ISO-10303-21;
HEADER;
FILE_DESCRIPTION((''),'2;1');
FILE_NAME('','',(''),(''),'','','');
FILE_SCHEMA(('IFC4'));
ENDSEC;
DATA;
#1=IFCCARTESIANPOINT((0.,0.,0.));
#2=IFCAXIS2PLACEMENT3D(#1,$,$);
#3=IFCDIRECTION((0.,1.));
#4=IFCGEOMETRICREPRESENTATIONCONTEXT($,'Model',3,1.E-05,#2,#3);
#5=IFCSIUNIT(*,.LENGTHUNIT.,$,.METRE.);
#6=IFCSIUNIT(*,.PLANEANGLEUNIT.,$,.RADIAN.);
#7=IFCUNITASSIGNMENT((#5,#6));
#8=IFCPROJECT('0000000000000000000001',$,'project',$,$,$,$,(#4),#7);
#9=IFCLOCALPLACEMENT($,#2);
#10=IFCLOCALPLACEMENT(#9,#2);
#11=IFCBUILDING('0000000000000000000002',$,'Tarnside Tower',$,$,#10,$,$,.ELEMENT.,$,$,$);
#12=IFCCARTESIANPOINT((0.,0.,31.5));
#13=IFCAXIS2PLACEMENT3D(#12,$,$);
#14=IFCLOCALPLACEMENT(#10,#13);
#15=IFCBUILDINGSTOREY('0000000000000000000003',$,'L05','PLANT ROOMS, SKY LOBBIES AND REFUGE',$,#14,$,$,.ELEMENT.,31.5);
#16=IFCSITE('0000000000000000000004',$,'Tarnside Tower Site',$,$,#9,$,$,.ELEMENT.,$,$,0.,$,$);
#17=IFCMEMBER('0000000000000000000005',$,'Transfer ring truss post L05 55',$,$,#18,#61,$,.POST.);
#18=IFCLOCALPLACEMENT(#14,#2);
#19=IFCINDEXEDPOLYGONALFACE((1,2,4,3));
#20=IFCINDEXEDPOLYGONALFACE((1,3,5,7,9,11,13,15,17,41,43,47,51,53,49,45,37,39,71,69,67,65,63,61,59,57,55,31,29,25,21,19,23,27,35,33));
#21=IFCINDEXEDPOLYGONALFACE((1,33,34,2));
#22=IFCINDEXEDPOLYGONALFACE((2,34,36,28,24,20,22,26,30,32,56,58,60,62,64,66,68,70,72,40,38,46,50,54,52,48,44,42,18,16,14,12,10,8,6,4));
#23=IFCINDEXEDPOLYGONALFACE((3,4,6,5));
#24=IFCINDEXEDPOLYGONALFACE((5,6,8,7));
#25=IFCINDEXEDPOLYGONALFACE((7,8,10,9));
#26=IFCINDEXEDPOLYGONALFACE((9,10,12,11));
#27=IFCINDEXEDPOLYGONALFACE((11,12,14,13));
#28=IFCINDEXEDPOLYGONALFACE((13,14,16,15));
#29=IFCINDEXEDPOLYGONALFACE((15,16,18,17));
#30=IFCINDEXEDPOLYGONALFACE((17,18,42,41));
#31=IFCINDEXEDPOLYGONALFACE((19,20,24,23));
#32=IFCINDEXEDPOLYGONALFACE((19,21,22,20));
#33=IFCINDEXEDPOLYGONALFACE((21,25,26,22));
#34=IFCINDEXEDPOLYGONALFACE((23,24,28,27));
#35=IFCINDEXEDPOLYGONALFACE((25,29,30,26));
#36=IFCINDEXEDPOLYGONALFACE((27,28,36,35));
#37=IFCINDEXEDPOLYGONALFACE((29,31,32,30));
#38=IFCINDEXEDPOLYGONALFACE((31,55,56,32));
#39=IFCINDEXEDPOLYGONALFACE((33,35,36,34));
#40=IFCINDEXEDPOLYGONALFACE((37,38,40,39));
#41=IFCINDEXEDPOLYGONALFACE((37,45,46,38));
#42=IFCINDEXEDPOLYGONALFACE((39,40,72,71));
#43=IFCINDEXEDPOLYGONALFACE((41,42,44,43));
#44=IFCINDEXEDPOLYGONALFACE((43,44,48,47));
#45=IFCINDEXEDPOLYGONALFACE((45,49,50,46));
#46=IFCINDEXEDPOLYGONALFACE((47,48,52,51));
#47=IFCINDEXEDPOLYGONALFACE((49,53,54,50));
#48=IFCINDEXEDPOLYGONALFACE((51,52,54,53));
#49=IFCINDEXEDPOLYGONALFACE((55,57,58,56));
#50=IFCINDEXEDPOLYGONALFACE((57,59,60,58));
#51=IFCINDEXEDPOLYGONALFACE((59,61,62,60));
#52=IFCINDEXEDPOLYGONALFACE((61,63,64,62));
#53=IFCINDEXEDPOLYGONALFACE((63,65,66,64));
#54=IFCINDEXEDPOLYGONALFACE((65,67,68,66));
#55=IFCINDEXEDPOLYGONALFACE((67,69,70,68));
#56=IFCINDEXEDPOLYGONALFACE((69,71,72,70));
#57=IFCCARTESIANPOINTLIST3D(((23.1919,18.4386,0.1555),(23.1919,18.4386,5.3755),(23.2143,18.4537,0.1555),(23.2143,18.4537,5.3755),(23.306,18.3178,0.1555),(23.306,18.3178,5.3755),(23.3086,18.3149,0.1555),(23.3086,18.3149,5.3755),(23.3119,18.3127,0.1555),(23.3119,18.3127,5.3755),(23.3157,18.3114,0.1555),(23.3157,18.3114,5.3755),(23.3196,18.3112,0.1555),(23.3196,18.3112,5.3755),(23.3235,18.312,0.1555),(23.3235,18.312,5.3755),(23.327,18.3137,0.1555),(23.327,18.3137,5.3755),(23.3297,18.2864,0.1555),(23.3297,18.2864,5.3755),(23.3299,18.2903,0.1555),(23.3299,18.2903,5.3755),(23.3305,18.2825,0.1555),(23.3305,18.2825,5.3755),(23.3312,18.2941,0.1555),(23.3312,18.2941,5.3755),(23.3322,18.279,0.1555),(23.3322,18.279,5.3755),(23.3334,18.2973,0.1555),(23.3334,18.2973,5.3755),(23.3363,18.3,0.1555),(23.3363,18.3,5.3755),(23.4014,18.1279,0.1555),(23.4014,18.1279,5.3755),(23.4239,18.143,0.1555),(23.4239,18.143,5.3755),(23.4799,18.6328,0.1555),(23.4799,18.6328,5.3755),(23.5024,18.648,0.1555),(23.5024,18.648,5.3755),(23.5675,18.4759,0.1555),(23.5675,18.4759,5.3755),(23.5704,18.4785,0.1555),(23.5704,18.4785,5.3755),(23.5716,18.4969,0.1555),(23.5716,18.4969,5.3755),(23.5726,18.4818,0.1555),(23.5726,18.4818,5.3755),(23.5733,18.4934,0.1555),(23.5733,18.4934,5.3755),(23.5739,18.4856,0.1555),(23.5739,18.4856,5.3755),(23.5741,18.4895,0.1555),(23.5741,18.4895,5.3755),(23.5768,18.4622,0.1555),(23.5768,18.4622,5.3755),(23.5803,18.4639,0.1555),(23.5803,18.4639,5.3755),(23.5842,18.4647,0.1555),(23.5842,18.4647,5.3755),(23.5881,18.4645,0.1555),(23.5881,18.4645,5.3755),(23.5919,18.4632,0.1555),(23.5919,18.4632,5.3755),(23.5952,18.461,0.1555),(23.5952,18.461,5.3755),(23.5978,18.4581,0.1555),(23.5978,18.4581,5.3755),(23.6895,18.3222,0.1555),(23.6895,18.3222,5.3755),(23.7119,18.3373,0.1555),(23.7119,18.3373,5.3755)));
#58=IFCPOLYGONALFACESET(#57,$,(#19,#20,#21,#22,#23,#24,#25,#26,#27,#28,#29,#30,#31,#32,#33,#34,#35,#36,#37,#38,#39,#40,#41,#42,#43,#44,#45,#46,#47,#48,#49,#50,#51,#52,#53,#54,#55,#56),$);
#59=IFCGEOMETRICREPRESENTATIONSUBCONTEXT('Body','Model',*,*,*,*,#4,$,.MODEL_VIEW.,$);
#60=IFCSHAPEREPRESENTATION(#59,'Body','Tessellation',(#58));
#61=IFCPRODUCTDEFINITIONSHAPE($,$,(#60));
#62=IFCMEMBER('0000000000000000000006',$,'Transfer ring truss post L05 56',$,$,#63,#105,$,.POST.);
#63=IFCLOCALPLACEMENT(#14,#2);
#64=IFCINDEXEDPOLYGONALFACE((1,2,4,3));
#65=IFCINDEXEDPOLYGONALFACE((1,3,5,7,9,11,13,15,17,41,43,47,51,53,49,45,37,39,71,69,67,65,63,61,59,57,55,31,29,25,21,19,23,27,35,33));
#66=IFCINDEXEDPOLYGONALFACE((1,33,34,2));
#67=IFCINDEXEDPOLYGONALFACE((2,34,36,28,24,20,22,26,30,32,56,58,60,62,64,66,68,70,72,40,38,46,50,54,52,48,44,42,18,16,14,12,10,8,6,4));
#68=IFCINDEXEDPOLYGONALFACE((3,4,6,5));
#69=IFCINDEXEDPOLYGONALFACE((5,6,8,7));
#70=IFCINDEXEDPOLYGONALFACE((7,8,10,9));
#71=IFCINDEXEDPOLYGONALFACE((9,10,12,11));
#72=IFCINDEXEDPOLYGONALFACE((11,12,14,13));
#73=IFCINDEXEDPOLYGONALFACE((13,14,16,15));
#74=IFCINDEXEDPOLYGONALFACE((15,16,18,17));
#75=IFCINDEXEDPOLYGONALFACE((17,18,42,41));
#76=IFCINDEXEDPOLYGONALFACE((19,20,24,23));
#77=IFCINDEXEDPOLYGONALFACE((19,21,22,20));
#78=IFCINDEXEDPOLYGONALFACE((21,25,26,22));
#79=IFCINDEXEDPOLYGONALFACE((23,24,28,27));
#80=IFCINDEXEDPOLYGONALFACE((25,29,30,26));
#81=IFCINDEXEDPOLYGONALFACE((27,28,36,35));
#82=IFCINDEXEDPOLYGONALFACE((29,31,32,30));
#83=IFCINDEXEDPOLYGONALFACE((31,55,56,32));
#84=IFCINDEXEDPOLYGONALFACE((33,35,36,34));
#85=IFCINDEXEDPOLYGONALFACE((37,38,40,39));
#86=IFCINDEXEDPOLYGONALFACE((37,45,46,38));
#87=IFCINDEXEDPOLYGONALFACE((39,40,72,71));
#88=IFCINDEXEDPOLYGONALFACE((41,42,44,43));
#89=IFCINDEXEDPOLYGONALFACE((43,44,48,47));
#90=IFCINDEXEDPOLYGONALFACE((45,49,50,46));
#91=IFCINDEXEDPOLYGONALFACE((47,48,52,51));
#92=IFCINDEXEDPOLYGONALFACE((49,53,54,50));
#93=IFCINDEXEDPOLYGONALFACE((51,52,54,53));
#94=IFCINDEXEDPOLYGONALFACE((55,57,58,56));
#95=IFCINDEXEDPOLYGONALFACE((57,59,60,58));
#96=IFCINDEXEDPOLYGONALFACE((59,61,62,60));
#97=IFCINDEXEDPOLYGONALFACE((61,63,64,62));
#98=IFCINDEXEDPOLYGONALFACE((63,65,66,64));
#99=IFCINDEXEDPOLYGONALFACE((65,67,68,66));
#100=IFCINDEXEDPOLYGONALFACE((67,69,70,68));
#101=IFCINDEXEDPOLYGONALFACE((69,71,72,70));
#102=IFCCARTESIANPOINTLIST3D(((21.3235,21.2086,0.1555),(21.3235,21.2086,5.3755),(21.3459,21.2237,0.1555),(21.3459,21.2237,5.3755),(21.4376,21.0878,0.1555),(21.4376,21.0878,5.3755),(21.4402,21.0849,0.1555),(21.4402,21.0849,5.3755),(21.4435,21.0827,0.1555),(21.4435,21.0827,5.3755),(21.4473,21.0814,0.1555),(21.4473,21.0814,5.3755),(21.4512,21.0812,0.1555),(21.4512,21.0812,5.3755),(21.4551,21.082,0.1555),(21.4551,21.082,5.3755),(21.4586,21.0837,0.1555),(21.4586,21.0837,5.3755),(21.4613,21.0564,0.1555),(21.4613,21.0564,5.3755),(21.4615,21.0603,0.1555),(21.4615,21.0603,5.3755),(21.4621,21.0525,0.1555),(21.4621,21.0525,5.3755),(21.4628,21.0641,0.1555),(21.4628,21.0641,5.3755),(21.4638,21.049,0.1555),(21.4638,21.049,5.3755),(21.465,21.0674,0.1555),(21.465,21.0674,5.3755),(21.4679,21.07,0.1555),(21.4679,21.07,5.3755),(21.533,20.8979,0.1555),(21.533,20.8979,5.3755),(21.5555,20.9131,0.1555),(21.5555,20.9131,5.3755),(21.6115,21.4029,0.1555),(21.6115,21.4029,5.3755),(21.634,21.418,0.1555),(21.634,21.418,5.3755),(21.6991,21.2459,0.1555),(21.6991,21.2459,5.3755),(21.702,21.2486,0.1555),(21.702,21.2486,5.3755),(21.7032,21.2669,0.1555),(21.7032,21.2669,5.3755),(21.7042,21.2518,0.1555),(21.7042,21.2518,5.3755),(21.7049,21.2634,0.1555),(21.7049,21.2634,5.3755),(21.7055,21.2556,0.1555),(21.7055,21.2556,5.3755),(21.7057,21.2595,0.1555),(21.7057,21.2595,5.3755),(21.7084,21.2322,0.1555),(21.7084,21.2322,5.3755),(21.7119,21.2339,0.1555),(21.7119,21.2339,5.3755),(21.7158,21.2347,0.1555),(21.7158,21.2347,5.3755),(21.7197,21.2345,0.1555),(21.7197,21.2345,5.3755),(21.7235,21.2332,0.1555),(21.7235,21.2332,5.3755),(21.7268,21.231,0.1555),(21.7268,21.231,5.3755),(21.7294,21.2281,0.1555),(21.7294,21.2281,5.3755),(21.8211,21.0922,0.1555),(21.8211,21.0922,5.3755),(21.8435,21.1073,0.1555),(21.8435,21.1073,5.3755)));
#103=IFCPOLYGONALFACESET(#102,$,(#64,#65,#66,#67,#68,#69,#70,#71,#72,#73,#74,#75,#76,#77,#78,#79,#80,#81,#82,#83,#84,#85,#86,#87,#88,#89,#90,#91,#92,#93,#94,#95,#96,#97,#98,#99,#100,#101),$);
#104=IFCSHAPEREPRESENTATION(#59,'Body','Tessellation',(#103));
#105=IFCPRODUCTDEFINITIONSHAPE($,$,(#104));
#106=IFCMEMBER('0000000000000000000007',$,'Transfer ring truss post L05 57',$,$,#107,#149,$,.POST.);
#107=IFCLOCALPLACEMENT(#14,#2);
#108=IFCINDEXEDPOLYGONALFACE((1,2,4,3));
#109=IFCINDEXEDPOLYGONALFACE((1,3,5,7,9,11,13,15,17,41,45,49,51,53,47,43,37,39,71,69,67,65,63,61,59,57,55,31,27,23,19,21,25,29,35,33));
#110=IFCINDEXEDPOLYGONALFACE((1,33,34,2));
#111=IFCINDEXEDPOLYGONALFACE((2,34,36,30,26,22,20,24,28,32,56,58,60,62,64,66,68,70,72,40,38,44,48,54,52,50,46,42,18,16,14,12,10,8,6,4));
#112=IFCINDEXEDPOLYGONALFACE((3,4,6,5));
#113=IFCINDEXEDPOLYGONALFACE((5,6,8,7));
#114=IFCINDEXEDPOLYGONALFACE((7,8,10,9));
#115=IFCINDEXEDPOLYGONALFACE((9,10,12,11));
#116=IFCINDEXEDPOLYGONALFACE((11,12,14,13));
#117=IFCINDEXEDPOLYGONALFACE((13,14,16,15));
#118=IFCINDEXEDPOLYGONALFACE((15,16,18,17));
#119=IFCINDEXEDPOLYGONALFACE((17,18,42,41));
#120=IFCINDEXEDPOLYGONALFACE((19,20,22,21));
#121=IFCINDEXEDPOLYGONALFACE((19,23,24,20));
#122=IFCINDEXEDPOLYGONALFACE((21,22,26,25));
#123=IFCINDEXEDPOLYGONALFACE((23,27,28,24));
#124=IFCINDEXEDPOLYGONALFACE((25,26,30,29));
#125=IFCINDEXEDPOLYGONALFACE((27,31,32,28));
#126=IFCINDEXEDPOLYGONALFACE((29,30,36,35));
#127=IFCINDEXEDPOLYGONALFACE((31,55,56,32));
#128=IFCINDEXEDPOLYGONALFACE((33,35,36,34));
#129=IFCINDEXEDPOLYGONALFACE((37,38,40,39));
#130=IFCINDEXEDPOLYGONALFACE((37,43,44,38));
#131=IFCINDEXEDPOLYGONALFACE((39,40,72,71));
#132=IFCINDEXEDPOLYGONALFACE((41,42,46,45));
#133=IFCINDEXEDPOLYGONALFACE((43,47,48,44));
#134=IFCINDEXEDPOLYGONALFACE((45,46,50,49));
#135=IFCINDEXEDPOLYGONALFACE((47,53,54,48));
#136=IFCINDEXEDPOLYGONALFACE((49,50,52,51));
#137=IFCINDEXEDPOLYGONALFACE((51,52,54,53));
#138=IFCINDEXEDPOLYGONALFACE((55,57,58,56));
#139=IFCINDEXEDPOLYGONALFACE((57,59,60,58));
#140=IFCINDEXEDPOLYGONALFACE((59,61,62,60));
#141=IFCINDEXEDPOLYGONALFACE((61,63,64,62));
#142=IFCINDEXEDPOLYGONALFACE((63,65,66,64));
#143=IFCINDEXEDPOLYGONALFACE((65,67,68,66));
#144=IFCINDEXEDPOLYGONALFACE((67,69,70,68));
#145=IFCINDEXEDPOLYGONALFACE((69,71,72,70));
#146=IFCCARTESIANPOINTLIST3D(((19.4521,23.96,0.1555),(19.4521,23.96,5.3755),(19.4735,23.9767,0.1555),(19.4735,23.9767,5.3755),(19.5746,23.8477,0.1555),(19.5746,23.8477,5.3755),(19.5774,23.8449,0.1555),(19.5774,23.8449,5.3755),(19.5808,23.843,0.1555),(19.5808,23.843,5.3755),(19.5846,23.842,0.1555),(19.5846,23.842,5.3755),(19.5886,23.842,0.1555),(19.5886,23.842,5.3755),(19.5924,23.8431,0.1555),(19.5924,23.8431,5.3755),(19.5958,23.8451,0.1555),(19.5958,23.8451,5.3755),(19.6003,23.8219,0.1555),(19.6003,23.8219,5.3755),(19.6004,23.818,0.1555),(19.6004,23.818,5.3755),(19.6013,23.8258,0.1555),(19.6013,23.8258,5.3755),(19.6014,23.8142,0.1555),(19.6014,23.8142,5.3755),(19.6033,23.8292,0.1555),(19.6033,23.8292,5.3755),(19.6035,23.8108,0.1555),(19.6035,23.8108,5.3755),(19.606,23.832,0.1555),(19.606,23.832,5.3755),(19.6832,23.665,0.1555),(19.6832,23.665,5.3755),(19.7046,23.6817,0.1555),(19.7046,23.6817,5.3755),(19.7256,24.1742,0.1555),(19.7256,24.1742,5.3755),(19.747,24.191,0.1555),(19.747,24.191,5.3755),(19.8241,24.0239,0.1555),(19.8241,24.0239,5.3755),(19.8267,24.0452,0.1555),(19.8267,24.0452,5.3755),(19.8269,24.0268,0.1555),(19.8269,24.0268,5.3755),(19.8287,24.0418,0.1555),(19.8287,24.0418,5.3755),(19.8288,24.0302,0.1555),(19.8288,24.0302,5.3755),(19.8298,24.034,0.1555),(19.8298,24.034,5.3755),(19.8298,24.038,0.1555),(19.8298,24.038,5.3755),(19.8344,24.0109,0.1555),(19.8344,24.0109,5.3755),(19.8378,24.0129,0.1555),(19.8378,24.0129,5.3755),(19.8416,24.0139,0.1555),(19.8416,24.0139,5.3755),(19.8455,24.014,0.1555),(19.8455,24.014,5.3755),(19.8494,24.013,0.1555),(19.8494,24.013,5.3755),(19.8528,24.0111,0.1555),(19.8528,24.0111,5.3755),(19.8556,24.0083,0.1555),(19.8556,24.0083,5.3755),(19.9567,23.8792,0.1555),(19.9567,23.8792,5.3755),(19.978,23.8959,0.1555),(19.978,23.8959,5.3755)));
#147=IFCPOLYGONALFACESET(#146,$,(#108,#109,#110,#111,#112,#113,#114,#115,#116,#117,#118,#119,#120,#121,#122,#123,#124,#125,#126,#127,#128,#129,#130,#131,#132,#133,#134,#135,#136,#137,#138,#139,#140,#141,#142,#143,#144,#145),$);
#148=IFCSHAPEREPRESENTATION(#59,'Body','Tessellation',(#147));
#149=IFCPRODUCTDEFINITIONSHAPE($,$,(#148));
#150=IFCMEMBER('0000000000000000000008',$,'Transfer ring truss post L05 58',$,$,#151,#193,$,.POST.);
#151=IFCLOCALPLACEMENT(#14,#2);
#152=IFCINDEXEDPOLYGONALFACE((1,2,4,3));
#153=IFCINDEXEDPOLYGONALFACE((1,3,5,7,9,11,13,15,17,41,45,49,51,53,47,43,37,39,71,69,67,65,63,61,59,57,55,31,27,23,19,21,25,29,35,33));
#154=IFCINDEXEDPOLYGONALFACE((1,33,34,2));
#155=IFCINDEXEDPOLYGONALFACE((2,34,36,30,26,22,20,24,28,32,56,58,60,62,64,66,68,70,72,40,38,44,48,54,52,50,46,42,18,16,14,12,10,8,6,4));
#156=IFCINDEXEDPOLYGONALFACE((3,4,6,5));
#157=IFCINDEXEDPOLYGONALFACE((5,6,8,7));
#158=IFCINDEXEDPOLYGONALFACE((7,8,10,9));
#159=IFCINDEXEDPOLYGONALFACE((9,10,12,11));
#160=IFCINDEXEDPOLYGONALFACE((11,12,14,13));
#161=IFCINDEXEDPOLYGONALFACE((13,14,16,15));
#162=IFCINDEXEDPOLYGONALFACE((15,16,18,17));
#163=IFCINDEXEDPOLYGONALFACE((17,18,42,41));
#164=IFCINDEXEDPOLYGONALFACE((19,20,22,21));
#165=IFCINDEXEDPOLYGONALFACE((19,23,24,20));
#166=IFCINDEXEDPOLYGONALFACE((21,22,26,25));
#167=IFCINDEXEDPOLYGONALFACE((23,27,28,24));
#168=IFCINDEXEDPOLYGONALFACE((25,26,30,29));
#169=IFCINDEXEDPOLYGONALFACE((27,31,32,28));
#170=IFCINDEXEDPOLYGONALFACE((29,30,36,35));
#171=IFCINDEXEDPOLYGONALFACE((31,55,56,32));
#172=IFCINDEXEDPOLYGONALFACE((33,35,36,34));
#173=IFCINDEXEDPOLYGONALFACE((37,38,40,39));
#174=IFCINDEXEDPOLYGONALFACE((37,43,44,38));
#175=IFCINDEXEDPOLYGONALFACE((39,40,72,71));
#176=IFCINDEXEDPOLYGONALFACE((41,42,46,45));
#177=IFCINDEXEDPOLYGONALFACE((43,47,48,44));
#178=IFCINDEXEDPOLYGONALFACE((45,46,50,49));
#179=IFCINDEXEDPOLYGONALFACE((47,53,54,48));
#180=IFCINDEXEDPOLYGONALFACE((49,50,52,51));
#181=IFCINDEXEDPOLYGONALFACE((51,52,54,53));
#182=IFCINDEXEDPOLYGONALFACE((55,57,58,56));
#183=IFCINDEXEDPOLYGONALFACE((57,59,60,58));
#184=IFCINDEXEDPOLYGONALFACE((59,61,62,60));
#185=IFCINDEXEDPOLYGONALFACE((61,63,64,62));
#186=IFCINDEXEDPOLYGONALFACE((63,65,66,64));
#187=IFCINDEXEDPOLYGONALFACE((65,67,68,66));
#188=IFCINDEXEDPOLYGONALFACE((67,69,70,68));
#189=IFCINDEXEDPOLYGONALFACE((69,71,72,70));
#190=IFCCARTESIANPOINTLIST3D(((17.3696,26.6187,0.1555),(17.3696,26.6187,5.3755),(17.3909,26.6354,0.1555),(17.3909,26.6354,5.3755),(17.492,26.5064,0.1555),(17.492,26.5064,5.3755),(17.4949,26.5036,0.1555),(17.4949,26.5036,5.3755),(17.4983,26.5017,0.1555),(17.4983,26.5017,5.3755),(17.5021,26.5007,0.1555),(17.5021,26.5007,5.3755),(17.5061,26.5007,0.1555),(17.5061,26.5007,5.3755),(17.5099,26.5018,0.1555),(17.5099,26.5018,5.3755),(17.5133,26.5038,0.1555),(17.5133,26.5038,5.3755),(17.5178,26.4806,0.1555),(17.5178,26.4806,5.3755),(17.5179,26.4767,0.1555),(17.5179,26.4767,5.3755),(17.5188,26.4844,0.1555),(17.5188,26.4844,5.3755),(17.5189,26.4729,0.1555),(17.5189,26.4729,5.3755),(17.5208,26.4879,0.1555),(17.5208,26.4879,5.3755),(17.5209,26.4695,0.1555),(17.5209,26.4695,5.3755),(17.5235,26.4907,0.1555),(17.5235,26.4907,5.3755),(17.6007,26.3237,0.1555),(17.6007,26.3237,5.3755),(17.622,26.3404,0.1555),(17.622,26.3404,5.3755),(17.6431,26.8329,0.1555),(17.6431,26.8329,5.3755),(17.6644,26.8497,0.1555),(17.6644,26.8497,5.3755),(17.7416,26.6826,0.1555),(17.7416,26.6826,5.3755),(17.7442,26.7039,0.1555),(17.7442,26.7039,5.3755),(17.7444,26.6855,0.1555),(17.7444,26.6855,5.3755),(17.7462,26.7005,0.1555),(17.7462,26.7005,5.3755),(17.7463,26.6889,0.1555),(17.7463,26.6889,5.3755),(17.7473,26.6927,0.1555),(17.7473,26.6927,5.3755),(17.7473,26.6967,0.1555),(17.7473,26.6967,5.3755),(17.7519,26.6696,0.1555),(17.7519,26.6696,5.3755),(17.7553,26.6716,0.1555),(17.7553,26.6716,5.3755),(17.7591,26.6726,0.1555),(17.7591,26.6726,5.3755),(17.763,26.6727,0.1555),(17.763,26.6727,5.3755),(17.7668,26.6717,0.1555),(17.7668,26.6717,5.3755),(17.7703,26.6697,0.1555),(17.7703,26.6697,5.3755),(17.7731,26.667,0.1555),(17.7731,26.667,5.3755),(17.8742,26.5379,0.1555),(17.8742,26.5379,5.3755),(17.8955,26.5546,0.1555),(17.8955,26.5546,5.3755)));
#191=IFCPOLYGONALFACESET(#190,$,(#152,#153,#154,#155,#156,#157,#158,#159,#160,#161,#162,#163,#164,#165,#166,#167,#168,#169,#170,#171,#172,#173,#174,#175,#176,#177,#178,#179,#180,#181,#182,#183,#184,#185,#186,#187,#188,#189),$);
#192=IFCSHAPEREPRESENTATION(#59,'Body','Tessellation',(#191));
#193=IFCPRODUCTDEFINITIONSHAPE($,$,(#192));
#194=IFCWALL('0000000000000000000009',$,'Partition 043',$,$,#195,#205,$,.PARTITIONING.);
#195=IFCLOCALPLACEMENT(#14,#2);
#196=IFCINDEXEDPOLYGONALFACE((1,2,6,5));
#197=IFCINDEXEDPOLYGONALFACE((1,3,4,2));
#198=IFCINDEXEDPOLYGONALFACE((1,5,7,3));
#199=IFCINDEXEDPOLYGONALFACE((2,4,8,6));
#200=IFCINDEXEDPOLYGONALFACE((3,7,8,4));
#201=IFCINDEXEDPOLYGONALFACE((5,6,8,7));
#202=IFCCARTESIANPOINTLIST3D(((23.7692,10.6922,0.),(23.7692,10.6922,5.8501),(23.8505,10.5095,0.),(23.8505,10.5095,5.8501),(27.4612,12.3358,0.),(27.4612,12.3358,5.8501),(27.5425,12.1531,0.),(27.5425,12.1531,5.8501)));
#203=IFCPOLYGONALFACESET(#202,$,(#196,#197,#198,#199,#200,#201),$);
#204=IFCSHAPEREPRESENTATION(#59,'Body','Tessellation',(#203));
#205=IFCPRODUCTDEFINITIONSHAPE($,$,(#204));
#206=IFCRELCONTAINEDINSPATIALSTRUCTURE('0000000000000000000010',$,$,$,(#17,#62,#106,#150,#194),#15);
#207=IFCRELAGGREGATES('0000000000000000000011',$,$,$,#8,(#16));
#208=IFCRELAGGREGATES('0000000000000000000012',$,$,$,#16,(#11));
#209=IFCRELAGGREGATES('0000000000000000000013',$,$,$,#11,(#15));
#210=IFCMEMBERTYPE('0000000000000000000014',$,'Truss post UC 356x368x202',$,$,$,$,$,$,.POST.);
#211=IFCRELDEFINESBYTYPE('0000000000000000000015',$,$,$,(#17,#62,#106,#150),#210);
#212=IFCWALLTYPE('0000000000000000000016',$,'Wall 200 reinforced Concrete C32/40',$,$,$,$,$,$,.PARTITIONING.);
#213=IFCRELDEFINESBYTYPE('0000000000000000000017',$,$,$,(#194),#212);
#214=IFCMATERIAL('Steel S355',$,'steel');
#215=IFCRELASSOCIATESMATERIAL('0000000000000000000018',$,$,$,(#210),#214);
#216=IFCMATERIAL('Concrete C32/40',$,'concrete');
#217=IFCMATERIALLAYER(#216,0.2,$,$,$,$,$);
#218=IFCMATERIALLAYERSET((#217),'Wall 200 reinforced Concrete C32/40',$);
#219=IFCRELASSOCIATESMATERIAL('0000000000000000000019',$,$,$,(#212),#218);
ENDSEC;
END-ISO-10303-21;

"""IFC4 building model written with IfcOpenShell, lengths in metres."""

from ifc_helpers import new_model, si_unit, direction, frame, frame_2d, origin, origin_2d, place, context, subcontext, project, spatial, rectangle, i_section, extrude, material, layer, layer_set, material_profile, profile_set, type_object, element, save


model = new_model("IFC4")

# Units and contexts
model_context = context("Model", 3, precision=1e-05, world=origin(), true_north=direction((0.0, 1.0)))
body_context = subcontext(model_context, "Body", "Model", "MODEL_VIEW")
ifc_project = project(units=[si_unit("LENGTHUNIT", "METRE"), si_unit("PLANEANGLEUNIT", "RADIAN")], contexts=[model_context])

# Site, building, storey
site_placement = place(None, origin())
site = spatial("IfcSite", under=ifc_project, at=site_placement, Name="Tarnside Tower Site", CompositionType="ELEMENT", RefElevation=0.0)
building_placement = place(site_placement, origin())
building = spatial("IfcBuilding", under=site, at=building_placement, Name="Tarnside Tower", CompositionType="ELEMENT")
storey_placement = place(building_placement, frame((0.0, 0.0, 31.5)))
storey = spatial("IfcBuildingStorey", under=building, at=storey_placement, Name="L05", Description="PLANT ROOMS, SKY LOBBIES AND REFUGE", CompositionType="ELEMENT", Elevation=31.5)

# Shared definitions
ifc_material_1 = material(Name="Steel S355", Category="steel")

# Members
ifc_material_profile_1 = material_profile(ifc_material_1, i_section(OverallWidth=0.3748, OverallDepth=0.3745, WebThickness=0.0166, FlangeThickness=0.0271, FilletRadius=0.0151, at=origin_2d()), Name="UC 356x368x202")
ifc_profile_set_1 = profile_set([ifc_material_profile_1], Name="Steel S355")
member_type_1 = type_object("IfcMemberType", Name="Truss post UC 356x368x202", PredefinedType="POST", material=ifc_profile_set_1)
for number, where, z_axis, x_axis, name in (
    (1, (23.4519, 18.3879, 0.1555), (0.0, 0.0, 1.0), (-0.559193, 0.829038, 0.0), "Transfer ring truss post L05 55"),
    (2, (21.5835, 21.158, 0.1555), (0.0, 0.0, 1.0), (-0.559193, 0.829038, 0.0), "Transfer ring truss post L05 56"),
    (3, (19.7151, 23.928, 0.1555), (0.0, 0.0, 1.0), (-0.616642, 0.787244, 0.0), "Transfer ring truss post L05 57"),
    (4, (17.6326, 26.5867, 0.1555), (0.0, 0.0, 1.0), (-0.616642, 0.787244, 0.0), "Transfer ring truss post L05 58"),
):
    element("IfcMember", number, at=place(storey_placement, frame(where, z_axis=z_axis, x_axis=x_axis)), inside=storey, type_object=member_type_1, Name=name, PredefinedType="POST", context=body_context, shape_type="SweptSolid", body=[
        extrude(i_section(OverallWidth=0.3748, OverallDepth=0.3745, WebThickness=0.0166, FlangeThickness=0.0271, FilletRadius=0.0151, at=origin_2d()), origin(), (0.0, 0.0, 1.0), 5.22),
    ])

# Wall
ifc_material_2 = material(Name="Concrete C32/40", Category="concrete")
ifc_layer = layer(ifc_material_2, 0.2)
ifc_layer_set = layer_set([ifc_layer], Name="Wall 200 reinforced Concrete C32/40")
wall_type = type_object("IfcWallType", Name="Wall 200 reinforced Concrete C32/40", PredefinedType="PARTITIONING", material=ifc_layer_set)
wall_placement = place(storey_placement, frame((27.5017, 12.2444, 0.0), z_axis=(0.0, 0.0, 1.0), x_axis=(-0.913562, -0.406699, 0.0)))
element("IfcWall", 5, at=wall_placement, inside=storey, type_object=wall_type, Name="Partition 043", PredefinedType="PARTITIONING", context=body_context, shape_type="SweptSolid", body=[
    extrude(rectangle(XDim=4.0413, YDim=0.2, at=frame_2d((2.0205, 0.0))), origin(), (0.0, 0.0, 1.0), 5.8501),
])

save(model, "model.ifc")
